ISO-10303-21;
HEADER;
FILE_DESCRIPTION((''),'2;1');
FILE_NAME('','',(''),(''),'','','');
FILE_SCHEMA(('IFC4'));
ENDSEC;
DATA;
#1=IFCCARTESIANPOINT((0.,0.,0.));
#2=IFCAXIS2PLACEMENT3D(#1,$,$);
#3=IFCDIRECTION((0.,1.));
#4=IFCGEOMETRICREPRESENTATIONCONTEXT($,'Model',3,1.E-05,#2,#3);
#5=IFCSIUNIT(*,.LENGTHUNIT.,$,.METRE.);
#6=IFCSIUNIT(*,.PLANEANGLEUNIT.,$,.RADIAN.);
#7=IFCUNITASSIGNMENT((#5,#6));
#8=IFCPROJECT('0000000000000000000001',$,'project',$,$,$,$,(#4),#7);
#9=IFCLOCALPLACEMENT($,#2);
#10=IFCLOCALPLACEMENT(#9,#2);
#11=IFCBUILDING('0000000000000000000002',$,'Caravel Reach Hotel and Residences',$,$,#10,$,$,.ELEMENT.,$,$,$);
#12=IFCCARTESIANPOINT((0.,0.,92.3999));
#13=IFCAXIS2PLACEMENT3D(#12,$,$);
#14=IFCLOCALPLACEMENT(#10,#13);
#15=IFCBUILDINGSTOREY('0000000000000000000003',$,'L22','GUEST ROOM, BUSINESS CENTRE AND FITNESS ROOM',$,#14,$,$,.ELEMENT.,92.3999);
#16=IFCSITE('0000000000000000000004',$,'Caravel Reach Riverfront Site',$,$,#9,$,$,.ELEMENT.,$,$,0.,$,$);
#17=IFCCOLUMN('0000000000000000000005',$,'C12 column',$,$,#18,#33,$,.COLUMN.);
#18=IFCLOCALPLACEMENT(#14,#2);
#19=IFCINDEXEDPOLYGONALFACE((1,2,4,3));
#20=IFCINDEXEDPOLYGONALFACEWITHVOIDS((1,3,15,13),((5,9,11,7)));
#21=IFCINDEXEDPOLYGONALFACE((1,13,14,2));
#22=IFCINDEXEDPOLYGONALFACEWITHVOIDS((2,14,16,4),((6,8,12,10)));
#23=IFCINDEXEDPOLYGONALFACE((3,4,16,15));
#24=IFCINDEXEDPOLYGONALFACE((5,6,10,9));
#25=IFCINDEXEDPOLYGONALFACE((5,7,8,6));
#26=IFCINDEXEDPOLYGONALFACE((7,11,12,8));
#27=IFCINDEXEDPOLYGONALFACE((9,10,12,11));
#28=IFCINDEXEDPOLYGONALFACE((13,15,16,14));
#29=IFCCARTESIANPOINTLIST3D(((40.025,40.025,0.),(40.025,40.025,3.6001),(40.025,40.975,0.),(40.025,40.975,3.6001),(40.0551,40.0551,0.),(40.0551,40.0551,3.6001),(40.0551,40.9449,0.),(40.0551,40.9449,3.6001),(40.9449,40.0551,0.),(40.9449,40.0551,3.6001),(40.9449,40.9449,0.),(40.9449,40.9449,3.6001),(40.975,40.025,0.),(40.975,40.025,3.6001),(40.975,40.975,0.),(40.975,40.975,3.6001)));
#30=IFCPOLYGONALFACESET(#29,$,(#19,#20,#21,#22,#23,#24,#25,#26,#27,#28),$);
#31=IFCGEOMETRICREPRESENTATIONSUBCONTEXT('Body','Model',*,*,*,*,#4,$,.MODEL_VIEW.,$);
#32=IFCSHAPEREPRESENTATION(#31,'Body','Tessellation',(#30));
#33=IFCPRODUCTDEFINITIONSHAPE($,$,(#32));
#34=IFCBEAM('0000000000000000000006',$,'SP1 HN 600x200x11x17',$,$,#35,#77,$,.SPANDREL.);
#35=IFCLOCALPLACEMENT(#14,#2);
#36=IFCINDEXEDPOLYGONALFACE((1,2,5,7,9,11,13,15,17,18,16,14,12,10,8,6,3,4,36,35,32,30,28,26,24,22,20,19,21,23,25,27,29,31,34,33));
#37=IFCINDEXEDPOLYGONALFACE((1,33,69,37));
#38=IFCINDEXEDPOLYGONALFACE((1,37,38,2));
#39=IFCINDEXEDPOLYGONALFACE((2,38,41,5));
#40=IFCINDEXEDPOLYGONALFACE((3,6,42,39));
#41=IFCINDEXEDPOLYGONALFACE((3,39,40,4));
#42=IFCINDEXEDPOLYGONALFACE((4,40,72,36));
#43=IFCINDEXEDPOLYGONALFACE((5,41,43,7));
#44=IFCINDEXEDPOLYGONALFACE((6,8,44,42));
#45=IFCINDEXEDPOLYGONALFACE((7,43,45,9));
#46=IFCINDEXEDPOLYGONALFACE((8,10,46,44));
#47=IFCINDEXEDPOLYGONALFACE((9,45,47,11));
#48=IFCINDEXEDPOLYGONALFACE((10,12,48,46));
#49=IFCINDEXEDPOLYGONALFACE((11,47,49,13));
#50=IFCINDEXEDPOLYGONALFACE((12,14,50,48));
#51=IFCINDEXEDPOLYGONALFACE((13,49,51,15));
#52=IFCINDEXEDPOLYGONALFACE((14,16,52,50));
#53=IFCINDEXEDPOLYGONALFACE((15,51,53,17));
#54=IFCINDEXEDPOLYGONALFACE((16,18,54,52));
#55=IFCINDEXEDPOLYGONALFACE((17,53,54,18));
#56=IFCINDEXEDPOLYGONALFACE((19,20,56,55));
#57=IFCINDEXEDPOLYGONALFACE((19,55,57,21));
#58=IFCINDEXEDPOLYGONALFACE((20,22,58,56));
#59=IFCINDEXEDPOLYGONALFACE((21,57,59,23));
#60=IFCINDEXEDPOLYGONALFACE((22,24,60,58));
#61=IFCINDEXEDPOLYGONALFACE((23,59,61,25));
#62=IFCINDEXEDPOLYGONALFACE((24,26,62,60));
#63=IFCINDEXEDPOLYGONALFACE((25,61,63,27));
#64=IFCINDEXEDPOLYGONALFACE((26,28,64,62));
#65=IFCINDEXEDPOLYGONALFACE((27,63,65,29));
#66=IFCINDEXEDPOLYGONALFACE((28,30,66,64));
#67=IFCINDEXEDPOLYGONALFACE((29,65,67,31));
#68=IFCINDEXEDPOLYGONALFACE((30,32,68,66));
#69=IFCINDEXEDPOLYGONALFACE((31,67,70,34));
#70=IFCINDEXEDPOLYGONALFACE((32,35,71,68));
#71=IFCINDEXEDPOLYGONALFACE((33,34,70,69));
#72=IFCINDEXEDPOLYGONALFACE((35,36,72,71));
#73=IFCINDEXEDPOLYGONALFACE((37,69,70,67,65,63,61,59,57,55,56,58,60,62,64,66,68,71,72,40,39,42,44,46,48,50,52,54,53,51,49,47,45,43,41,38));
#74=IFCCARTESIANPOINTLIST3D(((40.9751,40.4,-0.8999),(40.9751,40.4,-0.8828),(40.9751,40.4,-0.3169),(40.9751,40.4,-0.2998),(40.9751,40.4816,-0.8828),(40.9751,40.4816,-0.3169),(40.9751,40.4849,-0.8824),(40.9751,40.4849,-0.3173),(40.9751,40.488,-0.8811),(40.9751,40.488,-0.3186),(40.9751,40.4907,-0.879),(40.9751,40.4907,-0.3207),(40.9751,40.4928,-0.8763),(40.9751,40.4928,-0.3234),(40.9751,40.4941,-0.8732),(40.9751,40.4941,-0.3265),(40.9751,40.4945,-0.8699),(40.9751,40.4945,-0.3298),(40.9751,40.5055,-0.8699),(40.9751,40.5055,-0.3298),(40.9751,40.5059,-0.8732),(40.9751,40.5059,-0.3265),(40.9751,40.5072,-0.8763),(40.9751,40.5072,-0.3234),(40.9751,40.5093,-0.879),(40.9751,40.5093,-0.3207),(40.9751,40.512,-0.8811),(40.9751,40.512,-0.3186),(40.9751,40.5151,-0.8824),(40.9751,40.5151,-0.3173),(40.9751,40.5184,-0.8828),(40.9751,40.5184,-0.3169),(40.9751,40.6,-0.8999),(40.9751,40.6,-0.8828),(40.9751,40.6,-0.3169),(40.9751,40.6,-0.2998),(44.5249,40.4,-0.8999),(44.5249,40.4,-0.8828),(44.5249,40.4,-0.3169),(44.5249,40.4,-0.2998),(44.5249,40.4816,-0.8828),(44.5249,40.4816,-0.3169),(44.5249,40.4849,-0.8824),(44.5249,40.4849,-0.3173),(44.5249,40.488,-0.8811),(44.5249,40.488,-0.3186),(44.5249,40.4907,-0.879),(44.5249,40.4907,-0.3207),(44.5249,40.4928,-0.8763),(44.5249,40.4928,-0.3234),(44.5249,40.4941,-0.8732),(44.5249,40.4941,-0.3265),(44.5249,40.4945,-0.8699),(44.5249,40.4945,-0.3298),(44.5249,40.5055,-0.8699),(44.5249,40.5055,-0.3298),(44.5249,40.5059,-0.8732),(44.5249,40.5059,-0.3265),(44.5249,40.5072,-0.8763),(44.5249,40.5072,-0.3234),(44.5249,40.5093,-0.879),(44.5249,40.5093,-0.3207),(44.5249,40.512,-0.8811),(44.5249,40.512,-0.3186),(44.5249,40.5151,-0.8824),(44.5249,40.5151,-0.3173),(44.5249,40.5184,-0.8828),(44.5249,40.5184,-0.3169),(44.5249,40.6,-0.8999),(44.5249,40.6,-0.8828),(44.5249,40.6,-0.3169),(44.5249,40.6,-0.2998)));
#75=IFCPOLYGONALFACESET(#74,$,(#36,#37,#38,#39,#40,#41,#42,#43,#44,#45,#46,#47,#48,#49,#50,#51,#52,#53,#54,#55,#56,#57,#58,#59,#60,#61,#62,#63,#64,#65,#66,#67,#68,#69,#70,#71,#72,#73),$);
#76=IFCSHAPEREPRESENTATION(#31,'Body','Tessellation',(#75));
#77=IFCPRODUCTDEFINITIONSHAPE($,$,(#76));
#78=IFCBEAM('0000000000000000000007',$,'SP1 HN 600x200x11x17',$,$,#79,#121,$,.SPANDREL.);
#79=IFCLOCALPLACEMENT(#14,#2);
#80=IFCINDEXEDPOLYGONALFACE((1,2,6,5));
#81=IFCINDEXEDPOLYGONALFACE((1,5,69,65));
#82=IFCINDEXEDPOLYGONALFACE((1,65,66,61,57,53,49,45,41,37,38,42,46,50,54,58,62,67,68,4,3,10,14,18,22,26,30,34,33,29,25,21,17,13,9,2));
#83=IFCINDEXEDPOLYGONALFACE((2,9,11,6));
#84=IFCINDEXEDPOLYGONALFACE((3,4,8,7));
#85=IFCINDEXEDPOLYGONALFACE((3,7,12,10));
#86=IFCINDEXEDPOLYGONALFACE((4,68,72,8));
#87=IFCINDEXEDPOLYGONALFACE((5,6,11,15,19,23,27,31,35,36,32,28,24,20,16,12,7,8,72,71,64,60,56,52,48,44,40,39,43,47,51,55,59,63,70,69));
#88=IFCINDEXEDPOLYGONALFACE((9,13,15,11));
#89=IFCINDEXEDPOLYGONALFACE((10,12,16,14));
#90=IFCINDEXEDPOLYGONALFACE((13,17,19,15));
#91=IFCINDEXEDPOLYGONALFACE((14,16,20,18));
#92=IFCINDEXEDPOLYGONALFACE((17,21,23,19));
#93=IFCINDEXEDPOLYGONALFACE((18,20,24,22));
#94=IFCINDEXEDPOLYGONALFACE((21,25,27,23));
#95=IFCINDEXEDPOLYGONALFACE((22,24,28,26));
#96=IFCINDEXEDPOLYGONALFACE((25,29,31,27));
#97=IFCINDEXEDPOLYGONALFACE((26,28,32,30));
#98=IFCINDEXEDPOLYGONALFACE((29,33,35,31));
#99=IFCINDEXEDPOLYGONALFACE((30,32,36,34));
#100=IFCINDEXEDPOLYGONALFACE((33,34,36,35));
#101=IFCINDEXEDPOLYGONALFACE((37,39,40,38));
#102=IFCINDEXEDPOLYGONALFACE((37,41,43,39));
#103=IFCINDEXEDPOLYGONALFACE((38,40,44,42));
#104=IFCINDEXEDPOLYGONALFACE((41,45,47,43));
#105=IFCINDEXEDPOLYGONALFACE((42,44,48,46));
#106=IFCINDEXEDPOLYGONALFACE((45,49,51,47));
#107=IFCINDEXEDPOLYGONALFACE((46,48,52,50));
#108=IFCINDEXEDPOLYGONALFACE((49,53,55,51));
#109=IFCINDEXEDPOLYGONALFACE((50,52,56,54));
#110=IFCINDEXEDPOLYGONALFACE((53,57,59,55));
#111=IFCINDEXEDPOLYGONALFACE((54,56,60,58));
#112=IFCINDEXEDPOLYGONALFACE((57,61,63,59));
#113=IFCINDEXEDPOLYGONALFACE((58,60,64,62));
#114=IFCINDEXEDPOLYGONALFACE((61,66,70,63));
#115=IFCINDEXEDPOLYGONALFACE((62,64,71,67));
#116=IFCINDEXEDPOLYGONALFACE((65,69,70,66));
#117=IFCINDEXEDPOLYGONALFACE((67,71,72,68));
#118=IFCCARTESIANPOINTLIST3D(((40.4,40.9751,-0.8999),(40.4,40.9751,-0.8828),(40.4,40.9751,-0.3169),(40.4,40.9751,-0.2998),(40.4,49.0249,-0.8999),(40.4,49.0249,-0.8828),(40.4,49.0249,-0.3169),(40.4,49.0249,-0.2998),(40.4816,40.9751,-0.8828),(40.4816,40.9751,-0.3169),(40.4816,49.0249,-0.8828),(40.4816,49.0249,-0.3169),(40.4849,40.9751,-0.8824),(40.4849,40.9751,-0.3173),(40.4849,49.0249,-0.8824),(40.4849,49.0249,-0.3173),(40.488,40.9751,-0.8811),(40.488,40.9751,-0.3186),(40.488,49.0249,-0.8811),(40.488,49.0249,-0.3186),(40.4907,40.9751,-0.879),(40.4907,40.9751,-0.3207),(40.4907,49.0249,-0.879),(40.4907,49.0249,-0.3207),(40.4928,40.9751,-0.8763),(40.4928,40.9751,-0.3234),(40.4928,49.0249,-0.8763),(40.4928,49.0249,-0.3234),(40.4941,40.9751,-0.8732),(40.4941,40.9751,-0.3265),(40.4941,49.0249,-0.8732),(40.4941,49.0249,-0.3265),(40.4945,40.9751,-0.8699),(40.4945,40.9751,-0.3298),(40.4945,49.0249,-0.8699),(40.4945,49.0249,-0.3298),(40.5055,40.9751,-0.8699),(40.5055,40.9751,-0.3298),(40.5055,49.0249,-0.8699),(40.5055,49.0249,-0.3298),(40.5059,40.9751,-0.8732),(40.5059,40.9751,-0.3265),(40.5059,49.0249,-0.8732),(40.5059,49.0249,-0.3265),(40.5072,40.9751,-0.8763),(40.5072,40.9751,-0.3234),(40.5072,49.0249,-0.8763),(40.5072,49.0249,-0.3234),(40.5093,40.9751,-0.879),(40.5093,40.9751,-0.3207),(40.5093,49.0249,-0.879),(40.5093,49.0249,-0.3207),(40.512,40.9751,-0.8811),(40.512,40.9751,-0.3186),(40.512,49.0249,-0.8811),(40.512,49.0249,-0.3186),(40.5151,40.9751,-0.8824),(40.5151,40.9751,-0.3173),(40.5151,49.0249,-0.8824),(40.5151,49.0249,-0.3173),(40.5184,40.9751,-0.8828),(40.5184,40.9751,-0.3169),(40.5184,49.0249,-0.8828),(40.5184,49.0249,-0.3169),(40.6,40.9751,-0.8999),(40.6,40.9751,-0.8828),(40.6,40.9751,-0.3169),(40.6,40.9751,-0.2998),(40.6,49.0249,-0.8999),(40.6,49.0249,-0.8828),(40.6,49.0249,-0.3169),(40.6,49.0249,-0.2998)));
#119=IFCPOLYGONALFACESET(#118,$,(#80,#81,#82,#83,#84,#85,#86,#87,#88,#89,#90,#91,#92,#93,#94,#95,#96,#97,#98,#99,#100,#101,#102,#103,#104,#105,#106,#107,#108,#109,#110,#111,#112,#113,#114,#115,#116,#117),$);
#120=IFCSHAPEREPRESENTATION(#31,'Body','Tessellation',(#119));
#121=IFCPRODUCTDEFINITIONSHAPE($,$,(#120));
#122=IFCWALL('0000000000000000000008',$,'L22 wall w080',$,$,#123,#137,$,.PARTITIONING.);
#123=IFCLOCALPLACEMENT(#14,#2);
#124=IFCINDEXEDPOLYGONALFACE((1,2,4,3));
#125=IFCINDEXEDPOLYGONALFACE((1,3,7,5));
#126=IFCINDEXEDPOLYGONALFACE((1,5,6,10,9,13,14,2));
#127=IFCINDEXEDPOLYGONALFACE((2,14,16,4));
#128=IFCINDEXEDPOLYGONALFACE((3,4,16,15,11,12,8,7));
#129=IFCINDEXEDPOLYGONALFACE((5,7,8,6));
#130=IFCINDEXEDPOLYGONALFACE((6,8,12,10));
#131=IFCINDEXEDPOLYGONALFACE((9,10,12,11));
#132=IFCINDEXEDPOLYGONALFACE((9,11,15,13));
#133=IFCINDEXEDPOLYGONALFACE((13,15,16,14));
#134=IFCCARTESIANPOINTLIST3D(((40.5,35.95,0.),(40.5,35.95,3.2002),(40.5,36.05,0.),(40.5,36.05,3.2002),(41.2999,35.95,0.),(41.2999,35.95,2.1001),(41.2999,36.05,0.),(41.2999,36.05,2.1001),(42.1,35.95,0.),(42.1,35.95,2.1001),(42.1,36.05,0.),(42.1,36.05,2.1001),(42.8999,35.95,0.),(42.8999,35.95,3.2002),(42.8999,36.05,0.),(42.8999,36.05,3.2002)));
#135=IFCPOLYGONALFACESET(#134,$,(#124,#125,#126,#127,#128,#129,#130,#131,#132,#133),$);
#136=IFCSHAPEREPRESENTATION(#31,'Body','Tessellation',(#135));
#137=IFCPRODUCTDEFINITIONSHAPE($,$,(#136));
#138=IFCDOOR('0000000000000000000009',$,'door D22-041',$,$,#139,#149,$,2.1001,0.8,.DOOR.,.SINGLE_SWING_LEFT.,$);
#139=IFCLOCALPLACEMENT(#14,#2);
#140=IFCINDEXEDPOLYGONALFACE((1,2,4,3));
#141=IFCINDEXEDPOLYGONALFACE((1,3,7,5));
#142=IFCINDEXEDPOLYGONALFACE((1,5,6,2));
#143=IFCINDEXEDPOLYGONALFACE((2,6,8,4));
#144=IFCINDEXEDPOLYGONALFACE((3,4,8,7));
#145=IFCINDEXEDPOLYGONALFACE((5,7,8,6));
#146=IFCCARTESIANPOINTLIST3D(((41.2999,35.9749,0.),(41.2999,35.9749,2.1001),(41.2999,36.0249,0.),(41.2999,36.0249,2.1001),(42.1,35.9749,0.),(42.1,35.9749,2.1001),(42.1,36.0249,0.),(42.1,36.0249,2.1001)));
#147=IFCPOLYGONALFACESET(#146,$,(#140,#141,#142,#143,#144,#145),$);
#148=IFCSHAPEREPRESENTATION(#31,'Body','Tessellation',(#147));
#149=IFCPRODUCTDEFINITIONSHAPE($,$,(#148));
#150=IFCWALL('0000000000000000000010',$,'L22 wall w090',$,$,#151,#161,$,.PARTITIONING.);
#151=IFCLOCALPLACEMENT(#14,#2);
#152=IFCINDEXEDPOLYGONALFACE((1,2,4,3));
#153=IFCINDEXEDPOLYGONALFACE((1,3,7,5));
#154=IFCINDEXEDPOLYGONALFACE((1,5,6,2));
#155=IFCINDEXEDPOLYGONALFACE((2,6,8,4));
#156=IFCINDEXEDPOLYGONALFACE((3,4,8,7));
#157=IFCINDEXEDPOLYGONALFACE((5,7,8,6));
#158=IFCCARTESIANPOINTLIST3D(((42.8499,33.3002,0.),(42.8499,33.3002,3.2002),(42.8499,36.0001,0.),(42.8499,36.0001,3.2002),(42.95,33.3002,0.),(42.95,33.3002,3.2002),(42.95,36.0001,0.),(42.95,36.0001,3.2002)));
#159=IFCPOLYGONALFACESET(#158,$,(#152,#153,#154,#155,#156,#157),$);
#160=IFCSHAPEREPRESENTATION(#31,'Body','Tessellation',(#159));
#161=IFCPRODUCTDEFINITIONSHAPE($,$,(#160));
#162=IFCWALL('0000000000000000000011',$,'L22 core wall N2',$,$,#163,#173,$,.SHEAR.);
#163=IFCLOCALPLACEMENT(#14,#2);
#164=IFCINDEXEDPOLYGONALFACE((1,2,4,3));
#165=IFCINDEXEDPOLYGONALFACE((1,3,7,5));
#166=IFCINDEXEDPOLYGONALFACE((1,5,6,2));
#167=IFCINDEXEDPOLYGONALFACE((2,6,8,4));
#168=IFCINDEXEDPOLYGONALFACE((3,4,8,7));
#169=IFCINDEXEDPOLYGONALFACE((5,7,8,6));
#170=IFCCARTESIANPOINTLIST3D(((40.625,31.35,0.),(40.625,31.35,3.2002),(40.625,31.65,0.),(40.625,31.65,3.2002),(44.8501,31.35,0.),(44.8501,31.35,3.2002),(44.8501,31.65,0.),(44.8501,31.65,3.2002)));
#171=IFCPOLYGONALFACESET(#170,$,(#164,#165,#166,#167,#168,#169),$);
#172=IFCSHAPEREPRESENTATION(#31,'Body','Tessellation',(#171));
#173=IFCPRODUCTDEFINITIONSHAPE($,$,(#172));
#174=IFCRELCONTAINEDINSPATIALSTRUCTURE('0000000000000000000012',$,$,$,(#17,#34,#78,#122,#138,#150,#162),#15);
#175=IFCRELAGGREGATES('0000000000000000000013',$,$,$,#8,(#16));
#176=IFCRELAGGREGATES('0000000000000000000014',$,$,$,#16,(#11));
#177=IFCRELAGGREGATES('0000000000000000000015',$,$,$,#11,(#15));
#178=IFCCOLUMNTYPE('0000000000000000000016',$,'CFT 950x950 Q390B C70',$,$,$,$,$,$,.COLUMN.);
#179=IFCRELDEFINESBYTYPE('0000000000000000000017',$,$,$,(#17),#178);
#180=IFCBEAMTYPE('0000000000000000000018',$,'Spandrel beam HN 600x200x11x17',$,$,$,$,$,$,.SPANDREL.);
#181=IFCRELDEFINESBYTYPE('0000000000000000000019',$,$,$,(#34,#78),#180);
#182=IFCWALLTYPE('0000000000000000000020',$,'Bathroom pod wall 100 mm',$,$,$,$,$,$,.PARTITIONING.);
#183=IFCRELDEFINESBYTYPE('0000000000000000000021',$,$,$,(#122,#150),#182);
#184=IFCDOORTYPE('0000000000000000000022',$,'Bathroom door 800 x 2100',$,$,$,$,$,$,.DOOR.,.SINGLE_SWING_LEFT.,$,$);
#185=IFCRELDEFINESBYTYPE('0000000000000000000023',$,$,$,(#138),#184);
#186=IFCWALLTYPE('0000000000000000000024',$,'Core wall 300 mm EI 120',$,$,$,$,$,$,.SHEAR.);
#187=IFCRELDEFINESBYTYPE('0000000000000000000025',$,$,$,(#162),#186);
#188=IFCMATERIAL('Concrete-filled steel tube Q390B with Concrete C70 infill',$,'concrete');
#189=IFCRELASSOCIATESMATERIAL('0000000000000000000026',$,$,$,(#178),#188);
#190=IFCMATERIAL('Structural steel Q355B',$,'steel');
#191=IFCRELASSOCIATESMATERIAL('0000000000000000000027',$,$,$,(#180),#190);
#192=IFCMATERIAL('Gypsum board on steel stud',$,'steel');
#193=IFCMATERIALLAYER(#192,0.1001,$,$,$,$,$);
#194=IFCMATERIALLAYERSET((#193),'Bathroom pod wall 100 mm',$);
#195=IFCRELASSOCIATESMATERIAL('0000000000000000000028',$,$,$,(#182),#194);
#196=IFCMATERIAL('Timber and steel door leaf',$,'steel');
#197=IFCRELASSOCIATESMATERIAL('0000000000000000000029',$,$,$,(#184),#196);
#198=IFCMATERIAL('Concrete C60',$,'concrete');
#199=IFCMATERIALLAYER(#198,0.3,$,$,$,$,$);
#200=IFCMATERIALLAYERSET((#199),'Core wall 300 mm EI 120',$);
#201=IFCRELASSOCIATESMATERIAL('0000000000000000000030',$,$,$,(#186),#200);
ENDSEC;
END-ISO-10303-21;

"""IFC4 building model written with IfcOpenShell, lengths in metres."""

from ifc_helpers import new_model, si_unit, direction, frame, frame_2d, origin, origin_2d, place, context, subcontext, project, spatial, rectangle, hollow_rectangle, i_section, extrude, material, layer, layer_set, material_profile, profile_set, type_object, element, fill, save


model = new_model("IFC4")

# Units and contexts
model_context = context("Model", 3, precision=1e-05, world=origin(), true_north=direction((0.0, 1.0)))
body_context = subcontext(model_context, "Body", "Model", "MODEL_VIEW")
ifc_project = project(units=[si_unit("LENGTHUNIT", "METRE"), si_unit("PLANEANGLEUNIT", "RADIAN")], contexts=[model_context])

# Site, building, storey
site_placement = place(None, origin())
site = spatial("IfcSite", under=ifc_project, at=site_placement, Name="Caravel Reach Riverfront Site", CompositionType="ELEMENT", RefElevation=0.0)
building_placement = place(site_placement, origin())
building = spatial("IfcBuilding", under=site, at=building_placement, Name="Caravel Reach Hotel and Residences", CompositionType="ELEMENT")
storey_placement = place(building_placement, frame((0.0, 0.0, 92.3999)))
storey = spatial("IfcBuildingStorey", under=building, at=storey_placement, Name="L22", Description="GUEST ROOM, BUSINESS CENTRE AND FITNESS ROOM", CompositionType="ELEMENT", Elevation=92.3999)

# Column
ifc_material_1 = material(Name="Concrete-filled steel tube Q390B with Concrete C70 infill", Category="concrete")
ifc_material_profile_1 = material_profile(ifc_material_1, hollow_rectangle(XDim=0.95, YDim=0.95, WallThickness=0.03, at=origin_2d()), Name="RHS 950x950x30")
ifc_profile_set_1 = profile_set([ifc_material_profile_1], Name="Concrete-filled steel tube Q390B with Concrete C70 infill")
column_type = type_object("IfcColumnType", Name="CFT 950x950 Q390B C70", PredefinedType="COLUMN", material=ifc_profile_set_1)
column_placement = place(storey_placement, frame((40.5, 40.5, 0.0), z_axis=(0.0, 0.0, 1.0), x_axis=(1.0, 0.0, 0.0)))
element("IfcColumn", 1, at=column_placement, inside=storey, type_object=column_type, Name="C12 column", PredefinedType="COLUMN", context=body_context, shape_type="SweptSolid", body=[
    extrude(hollow_rectangle(XDim=0.95, YDim=0.95, WallThickness=0.03, at=origin_2d()), origin(), (0.0, 0.0, 1.0), 3.6001),
])

# Beams
ifc_material_2 = material(Name="Structural steel Q355B", Category="steel")
ifc_material_profile_2 = material_profile(ifc_material_2, i_section(OverallWidth=0.2, OverallDepth=0.6001, WebThickness=0.011, FlangeThickness=0.0171, FilletRadius=0.0129, at=origin_2d()), Name="HN 600x200x11x17")
ifc_profile_set_2 = profile_set([ifc_material_profile_2], Name="Structural steel Q355B")
beam_type = type_object("IfcBeamType", Name="Spandrel beam HN 600x200x11x17", PredefinedType="SPANDREL", material=ifc_profile_set_2)
beam_1_placement = place(storey_placement, frame((44.5249, 40.5, -0.5999), z_axis=(-1.0, 0.0, 0.0), x_axis=(0.0, -1.0, 0.0)))
element("IfcBeam", 2, at=beam_1_placement, inside=storey, type_object=beam_type, Name="SP1 HN 600x200x11x17", PredefinedType="SPANDREL", context=body_context, shape_type="SweptSolid", body=[
    extrude(i_section(OverallWidth=0.2, OverallDepth=0.6001, WebThickness=0.011, FlangeThickness=0.0171, FilletRadius=0.0129, at=origin_2d()), origin(), (0.0, 0.0, 1.0), 3.5498),
])
beam_2_placement = place(storey_placement, frame((40.5, 40.9751, -0.5999), z_axis=(0.0, 1.0, 0.0), x_axis=(-1.0, 0.0, 0.0)))
element("IfcBeam", 3, at=beam_2_placement, inside=storey, type_object=beam_type, Name="SP1 HN 600x200x11x17", PredefinedType="SPANDREL", context=body_context, shape_type="SweptSolid", body=[
    extrude(i_section(OverallWidth=0.2, OverallDepth=0.6001, WebThickness=0.011, FlangeThickness=0.0171, FilletRadius=0.0129, at=origin_2d()), origin(), (0.0, 0.0, 1.0), 8.0498),
])

# Wall, opening, door
ifc_material_3 = material(Name="Gypsum board on steel stud", Category="steel")
ifc_layer_1 = layer(ifc_material_3, 0.1001)
ifc_layer_set_1 = layer_set([ifc_layer_1], Name="Bathroom pod wall 100 mm")
wall_type_1 = type_object("IfcWallType", Name="Bathroom pod wall 100 mm", PredefinedType="PARTITIONING", material=ifc_layer_set_1)
wall_1_placement = place(storey_placement, frame((40.5, 36.0, 0.0), z_axis=(0.0, 0.0, 1.0), x_axis=(1.0, 0.0, 0.0)))
wall_1 = element("IfcWall", 4, at=wall_1_placement, inside=storey, type_object=wall_type_1, Name="L22 wall w080", PredefinedType="PARTITIONING", context=body_context, shape_type="SweptSolid", body=[
    extrude(rectangle(XDim=2.3999, YDim=0.1001, at=frame_2d((1.2, 0.0))), origin(), (0.0, 0.0, 1.0), 3.2002),
])
opening_1_placement = place(wall_1_placement, frame((0.8, 0.0, 0.0)))
opening_1 = element("IfcOpeningElement", 5, at=opening_1_placement, cuts=wall_1, PredefinedType="OPENING", context=body_context, shape_type="SweptSolid", body=[
    extrude(rectangle(XDim=0.8, YDim=2.1001, at=frame_2d((0.3999, 1.05))), frame((0.0, 0.0601, 0.0), z_axis=(0.0, -1.0, 0.0), x_axis=(1.0, 0.0, 0.0)), (0.0, 0.0, 1.0), 0.1201),
])
ifc_material_4 = material(Name="Timber and steel door leaf", Category="steel")
door_type = type_object("IfcDoorType", Name="Bathroom door 800 x 2100", OperationType="SINGLE_SWING_LEFT", PredefinedType="DOOR", material=ifc_material_4)
door_placement = place(opening_1_placement, origin())
door = element("IfcDoor", 6, at=door_placement, inside=storey, type_object=door_type, Name="door D22-041", OperationType="SINGLE_SWING_LEFT", OverallHeight=2.1001, OverallWidth=0.8, PredefinedType="DOOR", context=body_context, shape_type="SweptSolid", body=[
    extrude(rectangle(XDim=0.8, YDim=2.1001, at=frame_2d((0.3999, 1.05))), frame((0.0, 0.0249, 0.0), z_axis=(0.0, -1.0, 0.0), x_axis=(1.0, 0.0, 0.0)), (0.0, 0.0, 1.0), 0.05),
])
fill(opening_1, door)

# Walls
wall_2_placement = place(storey_placement, frame((42.8999, 33.3, 0.0), z_axis=(0.0, 0.0, 1.0), x_axis=(0.0, 1.0, 0.0)))
element("IfcWall", 7, at=wall_2_placement, inside=storey, type_object=wall_type_1, Name="L22 wall w090", PredefinedType="PARTITIONING", context=body_context, shape_type="SweptSolid", body=[
    extrude(rectangle(XDim=2.7, YDim=0.1001, at=frame_2d((1.3501, 0.0))), origin(), (0.0, 0.0, 1.0), 3.2002),
])
ifc_material_5 = material(Name="Concrete C60", Category="concrete")
ifc_layer_2 = layer(ifc_material_5, 0.3)
ifc_layer_set_2 = layer_set([ifc_layer_2], Name="Core wall 300 mm EI 120")
wall_type_2 = type_object("IfcWallType", Name="Core wall 300 mm EI 120", PredefinedType="SHEAR", material=ifc_layer_set_2)
wall_3_placement = place(storey_placement, frame((40.625, 31.5, 0.0), z_axis=(0.0, 0.0, 1.0), x_axis=(1.0, 0.0, 0.0)))
element("IfcWall", 8, at=wall_3_placement, inside=storey, type_object=wall_type_2, Name="L22 core wall N2", PredefinedType="SHEAR", context=body_context, shape_type="SweptSolid", body=[
    extrude(rectangle(XDim=4.2251, YDim=0.3, at=frame_2d((2.1125, 0.0))), origin(), (0.0, 0.0, 1.0), 3.2002),
])

save(model, "model.ifc")
